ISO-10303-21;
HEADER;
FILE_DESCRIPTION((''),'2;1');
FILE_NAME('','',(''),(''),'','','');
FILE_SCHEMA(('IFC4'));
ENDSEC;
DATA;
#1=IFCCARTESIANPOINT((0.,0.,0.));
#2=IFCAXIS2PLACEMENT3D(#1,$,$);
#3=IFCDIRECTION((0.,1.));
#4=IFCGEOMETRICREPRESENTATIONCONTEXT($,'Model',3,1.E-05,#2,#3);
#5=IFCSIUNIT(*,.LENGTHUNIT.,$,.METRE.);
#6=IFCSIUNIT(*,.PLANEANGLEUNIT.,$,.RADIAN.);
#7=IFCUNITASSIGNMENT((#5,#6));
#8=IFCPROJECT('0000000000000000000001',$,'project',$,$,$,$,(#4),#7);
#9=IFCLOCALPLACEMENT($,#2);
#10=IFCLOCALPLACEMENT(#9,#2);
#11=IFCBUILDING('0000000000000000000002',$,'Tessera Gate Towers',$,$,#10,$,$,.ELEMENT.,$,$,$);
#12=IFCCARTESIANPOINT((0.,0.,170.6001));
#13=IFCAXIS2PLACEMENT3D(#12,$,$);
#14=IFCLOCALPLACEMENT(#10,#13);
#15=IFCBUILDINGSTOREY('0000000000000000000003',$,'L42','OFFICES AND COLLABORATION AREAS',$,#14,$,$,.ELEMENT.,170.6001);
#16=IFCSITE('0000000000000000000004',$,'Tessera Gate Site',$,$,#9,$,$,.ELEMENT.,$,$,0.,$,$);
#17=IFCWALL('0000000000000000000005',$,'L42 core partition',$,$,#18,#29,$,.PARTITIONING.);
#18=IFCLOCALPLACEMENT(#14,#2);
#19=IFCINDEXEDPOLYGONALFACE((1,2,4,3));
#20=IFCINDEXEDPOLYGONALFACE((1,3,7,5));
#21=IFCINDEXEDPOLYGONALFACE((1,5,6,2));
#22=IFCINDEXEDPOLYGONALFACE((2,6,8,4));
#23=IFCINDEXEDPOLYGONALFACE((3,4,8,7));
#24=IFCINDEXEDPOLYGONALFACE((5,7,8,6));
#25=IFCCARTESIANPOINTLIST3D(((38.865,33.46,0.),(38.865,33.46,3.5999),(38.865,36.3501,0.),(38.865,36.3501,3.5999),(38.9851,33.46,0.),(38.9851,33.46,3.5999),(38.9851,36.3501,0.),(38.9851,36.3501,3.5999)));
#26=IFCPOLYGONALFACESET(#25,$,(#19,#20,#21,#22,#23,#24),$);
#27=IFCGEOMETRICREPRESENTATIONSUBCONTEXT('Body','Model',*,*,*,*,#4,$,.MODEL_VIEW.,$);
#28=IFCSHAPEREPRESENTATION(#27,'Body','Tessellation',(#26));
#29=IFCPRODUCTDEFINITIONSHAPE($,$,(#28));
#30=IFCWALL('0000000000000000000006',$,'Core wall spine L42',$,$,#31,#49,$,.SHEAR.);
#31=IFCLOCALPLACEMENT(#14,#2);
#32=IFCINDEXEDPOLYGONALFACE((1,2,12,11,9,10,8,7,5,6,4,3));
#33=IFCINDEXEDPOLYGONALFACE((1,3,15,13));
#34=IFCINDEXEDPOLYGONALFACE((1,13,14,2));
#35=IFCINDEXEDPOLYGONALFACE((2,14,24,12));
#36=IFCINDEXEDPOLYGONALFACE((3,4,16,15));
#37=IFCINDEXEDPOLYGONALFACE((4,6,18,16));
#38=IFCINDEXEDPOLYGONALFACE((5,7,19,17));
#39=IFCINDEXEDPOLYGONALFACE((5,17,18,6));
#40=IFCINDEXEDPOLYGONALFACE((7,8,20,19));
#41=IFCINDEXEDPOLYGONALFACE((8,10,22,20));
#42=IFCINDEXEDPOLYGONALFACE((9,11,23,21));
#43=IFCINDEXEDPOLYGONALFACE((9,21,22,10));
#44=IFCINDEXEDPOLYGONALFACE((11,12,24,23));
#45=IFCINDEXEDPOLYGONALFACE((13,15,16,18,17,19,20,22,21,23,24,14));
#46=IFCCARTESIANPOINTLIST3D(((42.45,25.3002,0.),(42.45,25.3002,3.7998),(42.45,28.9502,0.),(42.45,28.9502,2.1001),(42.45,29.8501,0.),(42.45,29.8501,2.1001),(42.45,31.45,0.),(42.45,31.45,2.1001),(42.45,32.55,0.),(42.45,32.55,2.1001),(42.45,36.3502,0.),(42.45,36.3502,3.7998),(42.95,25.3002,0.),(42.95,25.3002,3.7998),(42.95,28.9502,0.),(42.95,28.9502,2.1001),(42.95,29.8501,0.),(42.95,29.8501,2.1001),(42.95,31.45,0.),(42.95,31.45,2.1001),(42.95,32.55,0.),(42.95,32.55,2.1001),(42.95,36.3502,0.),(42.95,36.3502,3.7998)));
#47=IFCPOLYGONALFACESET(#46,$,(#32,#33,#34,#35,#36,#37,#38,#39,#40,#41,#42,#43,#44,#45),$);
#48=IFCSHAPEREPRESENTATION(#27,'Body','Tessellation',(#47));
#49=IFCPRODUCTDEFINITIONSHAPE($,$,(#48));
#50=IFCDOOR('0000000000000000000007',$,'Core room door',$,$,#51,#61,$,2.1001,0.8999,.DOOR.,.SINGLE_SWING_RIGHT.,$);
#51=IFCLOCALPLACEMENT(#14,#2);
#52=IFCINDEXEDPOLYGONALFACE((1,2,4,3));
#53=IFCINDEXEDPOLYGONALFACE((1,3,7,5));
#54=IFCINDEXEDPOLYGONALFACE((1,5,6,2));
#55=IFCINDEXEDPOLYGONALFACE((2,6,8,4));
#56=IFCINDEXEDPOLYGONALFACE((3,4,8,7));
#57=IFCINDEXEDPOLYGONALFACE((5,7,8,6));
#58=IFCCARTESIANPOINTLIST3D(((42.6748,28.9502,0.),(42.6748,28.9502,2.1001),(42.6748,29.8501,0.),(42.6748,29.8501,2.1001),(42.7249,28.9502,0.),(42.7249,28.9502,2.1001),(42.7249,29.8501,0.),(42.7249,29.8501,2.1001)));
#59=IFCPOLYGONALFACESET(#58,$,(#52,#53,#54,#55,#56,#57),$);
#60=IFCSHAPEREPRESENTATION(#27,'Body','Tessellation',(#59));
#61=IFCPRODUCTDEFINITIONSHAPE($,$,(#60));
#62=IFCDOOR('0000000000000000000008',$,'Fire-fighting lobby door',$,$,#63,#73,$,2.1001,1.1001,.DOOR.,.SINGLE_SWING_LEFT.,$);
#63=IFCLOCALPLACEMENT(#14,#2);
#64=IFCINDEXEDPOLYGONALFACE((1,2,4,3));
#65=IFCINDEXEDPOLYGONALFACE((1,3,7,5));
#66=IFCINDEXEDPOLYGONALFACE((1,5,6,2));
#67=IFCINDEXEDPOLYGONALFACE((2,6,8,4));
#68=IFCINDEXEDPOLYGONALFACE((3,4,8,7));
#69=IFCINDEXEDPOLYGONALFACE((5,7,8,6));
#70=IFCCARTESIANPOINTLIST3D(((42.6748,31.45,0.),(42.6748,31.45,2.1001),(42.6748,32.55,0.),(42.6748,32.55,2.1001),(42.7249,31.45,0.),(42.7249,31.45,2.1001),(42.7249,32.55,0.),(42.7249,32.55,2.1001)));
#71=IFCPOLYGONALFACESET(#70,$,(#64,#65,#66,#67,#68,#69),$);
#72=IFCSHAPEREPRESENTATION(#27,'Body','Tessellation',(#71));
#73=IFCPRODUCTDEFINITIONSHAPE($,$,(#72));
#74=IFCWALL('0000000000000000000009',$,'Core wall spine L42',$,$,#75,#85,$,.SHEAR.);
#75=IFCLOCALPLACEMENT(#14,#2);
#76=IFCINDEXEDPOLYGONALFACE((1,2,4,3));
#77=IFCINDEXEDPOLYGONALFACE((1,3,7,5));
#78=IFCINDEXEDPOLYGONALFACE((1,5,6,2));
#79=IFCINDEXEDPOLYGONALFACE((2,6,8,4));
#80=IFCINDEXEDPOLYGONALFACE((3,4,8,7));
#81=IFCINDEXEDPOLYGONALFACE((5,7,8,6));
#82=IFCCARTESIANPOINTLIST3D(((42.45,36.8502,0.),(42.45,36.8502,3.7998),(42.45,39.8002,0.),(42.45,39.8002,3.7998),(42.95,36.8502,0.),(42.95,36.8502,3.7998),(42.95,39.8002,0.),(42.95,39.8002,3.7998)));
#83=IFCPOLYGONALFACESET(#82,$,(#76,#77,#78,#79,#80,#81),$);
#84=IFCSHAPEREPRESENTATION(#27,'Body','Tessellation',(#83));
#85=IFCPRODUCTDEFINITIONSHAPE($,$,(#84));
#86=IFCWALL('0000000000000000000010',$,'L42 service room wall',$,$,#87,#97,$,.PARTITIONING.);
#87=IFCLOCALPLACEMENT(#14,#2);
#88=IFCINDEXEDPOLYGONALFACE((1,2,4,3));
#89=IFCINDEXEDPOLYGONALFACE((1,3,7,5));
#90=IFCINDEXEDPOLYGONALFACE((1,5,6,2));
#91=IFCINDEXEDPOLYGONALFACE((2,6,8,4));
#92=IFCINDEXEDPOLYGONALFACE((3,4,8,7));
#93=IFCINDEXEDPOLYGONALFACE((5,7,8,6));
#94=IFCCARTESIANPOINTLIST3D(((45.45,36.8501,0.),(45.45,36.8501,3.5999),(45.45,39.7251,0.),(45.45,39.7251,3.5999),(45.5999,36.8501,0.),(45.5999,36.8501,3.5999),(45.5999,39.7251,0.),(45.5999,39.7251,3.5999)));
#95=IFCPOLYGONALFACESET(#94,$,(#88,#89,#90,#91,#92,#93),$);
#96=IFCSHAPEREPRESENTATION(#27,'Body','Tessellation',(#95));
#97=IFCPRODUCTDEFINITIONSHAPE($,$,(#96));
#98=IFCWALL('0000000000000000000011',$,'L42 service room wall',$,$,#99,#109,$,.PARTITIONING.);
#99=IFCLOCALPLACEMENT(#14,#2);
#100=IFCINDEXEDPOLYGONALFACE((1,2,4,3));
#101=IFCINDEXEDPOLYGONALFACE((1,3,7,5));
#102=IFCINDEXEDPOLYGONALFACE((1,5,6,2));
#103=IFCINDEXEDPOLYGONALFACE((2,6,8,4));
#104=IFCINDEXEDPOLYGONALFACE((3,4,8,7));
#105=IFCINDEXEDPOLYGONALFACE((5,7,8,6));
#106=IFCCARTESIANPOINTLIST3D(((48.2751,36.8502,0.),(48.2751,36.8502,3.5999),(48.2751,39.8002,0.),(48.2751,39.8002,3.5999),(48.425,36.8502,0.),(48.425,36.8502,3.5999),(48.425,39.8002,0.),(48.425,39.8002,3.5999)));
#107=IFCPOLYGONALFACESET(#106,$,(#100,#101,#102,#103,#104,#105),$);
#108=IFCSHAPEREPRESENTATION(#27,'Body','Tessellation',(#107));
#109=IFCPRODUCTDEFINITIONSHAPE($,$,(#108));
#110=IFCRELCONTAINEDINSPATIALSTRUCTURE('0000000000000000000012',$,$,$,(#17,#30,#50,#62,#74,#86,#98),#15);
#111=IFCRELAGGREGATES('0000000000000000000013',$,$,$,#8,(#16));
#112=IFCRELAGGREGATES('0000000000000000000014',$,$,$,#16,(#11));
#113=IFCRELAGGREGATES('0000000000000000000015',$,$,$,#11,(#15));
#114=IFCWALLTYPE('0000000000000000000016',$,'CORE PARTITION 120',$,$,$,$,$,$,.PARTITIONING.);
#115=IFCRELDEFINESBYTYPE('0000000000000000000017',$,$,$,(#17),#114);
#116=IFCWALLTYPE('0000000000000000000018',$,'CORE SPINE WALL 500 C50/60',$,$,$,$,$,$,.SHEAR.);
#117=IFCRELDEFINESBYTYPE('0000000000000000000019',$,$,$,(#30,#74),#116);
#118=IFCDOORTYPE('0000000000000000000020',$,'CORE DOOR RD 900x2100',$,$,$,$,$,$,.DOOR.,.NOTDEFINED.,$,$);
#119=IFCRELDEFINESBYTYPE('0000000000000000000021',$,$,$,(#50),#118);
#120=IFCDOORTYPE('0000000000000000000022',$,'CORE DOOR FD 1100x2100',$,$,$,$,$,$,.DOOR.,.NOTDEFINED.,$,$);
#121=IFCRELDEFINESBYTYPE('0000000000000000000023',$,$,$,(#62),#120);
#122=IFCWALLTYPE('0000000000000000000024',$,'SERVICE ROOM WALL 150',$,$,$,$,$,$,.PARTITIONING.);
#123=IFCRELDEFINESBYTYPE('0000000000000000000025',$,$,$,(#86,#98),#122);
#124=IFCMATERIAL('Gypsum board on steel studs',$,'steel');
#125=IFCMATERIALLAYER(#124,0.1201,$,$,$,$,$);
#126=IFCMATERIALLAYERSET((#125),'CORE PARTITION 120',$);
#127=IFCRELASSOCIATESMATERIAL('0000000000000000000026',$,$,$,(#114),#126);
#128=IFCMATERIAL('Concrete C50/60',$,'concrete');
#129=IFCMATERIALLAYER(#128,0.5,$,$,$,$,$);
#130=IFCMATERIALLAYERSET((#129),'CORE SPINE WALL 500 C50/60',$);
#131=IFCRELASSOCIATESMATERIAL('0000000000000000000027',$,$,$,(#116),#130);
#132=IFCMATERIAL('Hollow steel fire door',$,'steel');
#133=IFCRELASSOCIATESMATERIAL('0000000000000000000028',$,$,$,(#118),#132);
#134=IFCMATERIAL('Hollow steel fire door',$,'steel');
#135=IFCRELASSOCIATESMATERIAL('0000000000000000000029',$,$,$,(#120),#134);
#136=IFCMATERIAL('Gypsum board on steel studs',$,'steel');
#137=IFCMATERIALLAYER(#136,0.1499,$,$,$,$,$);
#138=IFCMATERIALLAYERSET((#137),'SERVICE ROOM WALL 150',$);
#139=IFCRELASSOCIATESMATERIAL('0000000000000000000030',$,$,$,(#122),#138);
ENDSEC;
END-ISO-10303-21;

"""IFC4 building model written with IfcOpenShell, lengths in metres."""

from ifc_helpers import new_model, si_unit, direction, frame, frame_2d, origin, place, context, subcontext, project, spatial, rectangle, extrude, source, transform, mapped, material, layer, layer_set, type_object, element, fill, save


model = new_model("IFC4")

# Units and contexts
model_context = context("Model", 3, precision=1e-05, world=origin(), true_north=direction((0.0, 1.0)))
body_context = subcontext(model_context, "Body", "Model", "MODEL_VIEW")
ifc_project = project(units=[si_unit("LENGTHUNIT", "METRE"), si_unit("PLANEANGLEUNIT", "RADIAN")], contexts=[model_context])

# Site, building, storey
site_placement = place(None, origin())
site = spatial("IfcSite", under=ifc_project, at=site_placement, Name="Tessera Gate Site", CompositionType="ELEMENT", RefElevation=0.0)
building_placement = place(site_placement, origin())
building = spatial("IfcBuilding", under=site, at=building_placement, Name="Tessera Gate Towers", CompositionType="ELEMENT")
storey_placement = place(building_placement, frame((0.0, 0.0, 170.6001)))
storey = spatial("IfcBuildingStorey", under=building, at=storey_placement, Name="L42", Description="OFFICES AND COLLABORATION AREAS", CompositionType="ELEMENT", Elevation=170.6001)

# Wall
ifc_material_1 = material(Name="Gypsum board on steel studs", Category="steel")
ifc_layer_1 = layer(ifc_material_1, 0.1201)
ifc_layer_set_1 = layer_set([ifc_layer_1], Name="CORE PARTITION 120")
wall_type_1 = type_object("IfcWallType", Name="CORE PARTITION 120", PredefinedType="PARTITIONING", material=ifc_layer_set_1)
for number, where, z_axis, x_axis, name in (
    (1, (38.925, 33.46, 0.0), (0.0, 0.0, 1.0), (0.0, 1.0, 0.0), "L42 core partition"),
):
    element("IfcWall", number, at=place(storey_placement, frame(where, z_axis=z_axis, x_axis=x_axis)), inside=storey, type_object=wall_type_1, Name=name, PredefinedType="PARTITIONING", context=body_context, shape_type="SweptSolid", body=[
        extrude(rectangle(XDim=2.8901, YDim=0.1201, at=frame_2d((1.4451, 0.0))), origin(), (0.0, 0.0, 1.0), 3.5999),
    ])

# Wall, openings, doors
ifc_material_2 = material(Name="Concrete C50/60", Category="concrete")
ifc_layer_2 = layer(ifc_material_2, 0.5)
ifc_layer_set_2 = layer_set([ifc_layer_2], Name="CORE SPINE WALL 500 C50/60")
wall_type_2 = type_object("IfcWallType", Name="CORE SPINE WALL 500 C50/60", PredefinedType="SHEAR", material=ifc_layer_set_2)
wall_1_placement = place(storey_placement, frame((42.7, 36.3501, 0.0), z_axis=(0.0, 0.0, 1.0), x_axis=(0.0, -1.0, 0.0)))
wall_1 = element("IfcWall", 2, at=wall_1_placement, inside=storey, type_object=wall_type_2, Name="Core wall spine L42", PredefinedType="SHEAR", context=body_context, shape_type="SweptSolid", body=[
    extrude(rectangle(XDim=11.05, YDim=0.5, at=frame_2d((5.5249, 0.0))), origin(), (0.0, 0.0, 1.0), 3.7998),
])
shared_shape_1 = source(origin(), body_context, "Body", "SweptSolid", [
    extrude(rectangle(XDim=0.8999, YDim=2.1001, at=frame_2d((0.45, 1.05))), frame((0.0, 0.26, 0.0), z_axis=(0.0, -1.0, 0.0), x_axis=(1.0, 0.0, 0.0)), (0.0, 0.0, 1.0), 0.52),
])
opening_1_placement = place(wall_1_placement, frame((6.5, 0.0, 0.0)))
opening_1 = element("IfcOpeningElement", 3, at=opening_1_placement, cuts=wall_1, PredefinedType="OPENING", context=body_context, shape_type="MappedRepresentation", body=[
    mapped(shared_shape_1, transform((0.0, 0.0, 0.0), scale=1.0)),
])
shared_shape_2 = source(origin(), body_context, "Body", "SweptSolid", [
    extrude(rectangle(XDim=1.1001, YDim=2.1001, at=frame_2d((0.55, 1.05))), frame((0.0, 0.26, 0.0), z_axis=(0.0, -1.0, 0.0), x_axis=(1.0, 0.0, 0.0)), (0.0, 0.0, 1.0), 0.52),
])
opening_2_placement = place(wall_1_placement, frame((3.8, 0.0, 0.0)))
opening_2 = element("IfcOpeningElement", 4, at=opening_2_placement, cuts=wall_1, PredefinedType="OPENING", context=body_context, shape_type="MappedRepresentation", body=[
    mapped(shared_shape_2, transform((0.0, 0.0, 0.0), scale=1.0)),
])
ifc_material_3 = material(Name="Hollow steel fire door", Category="steel")
door_type_1 = type_object("IfcDoorType", Name="CORE DOOR RD 900x2100", OperationType="NOTDEFINED", PredefinedType="DOOR", material=ifc_material_3)
shared_shape_3 = source(origin(), body_context, "Body", "SweptSolid", [
    extrude(rectangle(XDim=0.8999, YDim=2.1001, at=frame_2d((0.45, 1.05))), frame((0.0, 0.0249, 0.0), z_axis=(0.0, -1.0, 0.0), x_axis=(1.0, 0.0, 0.0)), (0.0, 0.0, 1.0), 0.05),
])
door_1_placement = place(opening_1_placement, origin())
door_1 = element("IfcDoor", 5, at=door_1_placement, inside=storey, type_object=door_type_1, Name="Core room door", OperationType="SINGLE_SWING_RIGHT", OverallHeight=2.1001, OverallWidth=0.8999, PredefinedType="DOOR", context=body_context, shape_type="MappedRepresentation", body=[
    mapped(shared_shape_3, transform((0.0, 0.0, 0.0), scale=1.0)),
])
fill(opening_1, door_1)
ifc_material_4 = material(Name="Hollow steel fire door", Category="steel")
door_type_2 = type_object("IfcDoorType", Name="CORE DOOR FD 1100x2100", OperationType="NOTDEFINED", PredefinedType="DOOR", material=ifc_material_4)
shared_shape_4 = source(origin(), body_context, "Body", "SweptSolid", [
    extrude(rectangle(XDim=1.1001, YDim=2.1001, at=frame_2d((0.55, 1.05))), frame((0.0, 0.0249, 0.0), z_axis=(0.0, -1.0, 0.0), x_axis=(1.0, 0.0, 0.0)), (0.0, 0.0, 1.0), 0.05),
])
door_2_placement = place(opening_2_placement, origin())
door_2 = element("IfcDoor", 6, at=door_2_placement, inside=storey, type_object=door_type_2, Name="Fire-fighting lobby door", OperationType="SINGLE_SWING_LEFT", OverallHeight=2.1001, OverallWidth=1.1001, PredefinedType="DOOR", context=body_context, shape_type="MappedRepresentation", body=[
    mapped(shared_shape_4, transform((0.0, 0.0, 0.0), scale=1.0)),
])
fill(opening_2, door_2)

# Walls
wall_2_placement = place(storey_placement, frame((42.7, 36.8501, 0.0), z_axis=(0.0, 0.0, 1.0), x_axis=(0.0, 1.0, 0.0)))
element("IfcWall", 7, at=wall_2_placement, inside=storey, type_object=wall_type_2, Name="Core wall spine L42", PredefinedType="SHEAR", context=body_context, shape_type="SweptSolid", body=[
    extrude(rectangle(XDim=2.95, YDim=0.5, at=frame_2d((1.4751, 0.0))), origin(), (0.0, 0.0, 1.0), 3.7998),
])
ifc_material_5 = material(Name="Gypsum board on steel studs", Category="steel")
ifc_layer_3 = layer(ifc_material_5, 0.1499)
ifc_layer_set_3 = layer_set([ifc_layer_3], Name="SERVICE ROOM WALL 150")
wall_type_3 = type_object("IfcWallType", Name="SERVICE ROOM WALL 150", PredefinedType="PARTITIONING", material=ifc_layer_set_3)
wall_3_placement = place(storey_placement, frame((45.5249, 36.8501, 0.0), z_axis=(0.0, 0.0, 1.0), x_axis=(0.0, 1.0, 0.0)))
element("IfcWall", 8, at=wall_3_placement, inside=storey, type_object=wall_type_3, Name="L42 service room wall", PredefinedType="PARTITIONING", context=body_context, shape_type="SweptSolid", body=[
    extrude(rectangle(XDim=2.875, YDim=0.1499, at=frame_2d((1.4375, 0.0))), origin(), (0.0, 0.0, 1.0), 3.5999),
])
wall_4_placement = place(storey_placement, frame((48.3501, 36.8501, 0.0), z_axis=(0.0, 0.0, 1.0), x_axis=(0.0, 1.0, 0.0)))
element("IfcWall", 9, at=wall_4_placement, inside=storey, type_object=wall_type_3, Name="L42 service room wall", PredefinedType="PARTITIONING", context=body_context, shape_type="SweptSolid", body=[
    extrude(rectangle(XDim=2.95, YDim=0.1499, at=frame_2d((1.4751, 0.0))), origin(), (0.0, 0.0, 1.0), 3.5999),
])

save(model, "model.ifc")
